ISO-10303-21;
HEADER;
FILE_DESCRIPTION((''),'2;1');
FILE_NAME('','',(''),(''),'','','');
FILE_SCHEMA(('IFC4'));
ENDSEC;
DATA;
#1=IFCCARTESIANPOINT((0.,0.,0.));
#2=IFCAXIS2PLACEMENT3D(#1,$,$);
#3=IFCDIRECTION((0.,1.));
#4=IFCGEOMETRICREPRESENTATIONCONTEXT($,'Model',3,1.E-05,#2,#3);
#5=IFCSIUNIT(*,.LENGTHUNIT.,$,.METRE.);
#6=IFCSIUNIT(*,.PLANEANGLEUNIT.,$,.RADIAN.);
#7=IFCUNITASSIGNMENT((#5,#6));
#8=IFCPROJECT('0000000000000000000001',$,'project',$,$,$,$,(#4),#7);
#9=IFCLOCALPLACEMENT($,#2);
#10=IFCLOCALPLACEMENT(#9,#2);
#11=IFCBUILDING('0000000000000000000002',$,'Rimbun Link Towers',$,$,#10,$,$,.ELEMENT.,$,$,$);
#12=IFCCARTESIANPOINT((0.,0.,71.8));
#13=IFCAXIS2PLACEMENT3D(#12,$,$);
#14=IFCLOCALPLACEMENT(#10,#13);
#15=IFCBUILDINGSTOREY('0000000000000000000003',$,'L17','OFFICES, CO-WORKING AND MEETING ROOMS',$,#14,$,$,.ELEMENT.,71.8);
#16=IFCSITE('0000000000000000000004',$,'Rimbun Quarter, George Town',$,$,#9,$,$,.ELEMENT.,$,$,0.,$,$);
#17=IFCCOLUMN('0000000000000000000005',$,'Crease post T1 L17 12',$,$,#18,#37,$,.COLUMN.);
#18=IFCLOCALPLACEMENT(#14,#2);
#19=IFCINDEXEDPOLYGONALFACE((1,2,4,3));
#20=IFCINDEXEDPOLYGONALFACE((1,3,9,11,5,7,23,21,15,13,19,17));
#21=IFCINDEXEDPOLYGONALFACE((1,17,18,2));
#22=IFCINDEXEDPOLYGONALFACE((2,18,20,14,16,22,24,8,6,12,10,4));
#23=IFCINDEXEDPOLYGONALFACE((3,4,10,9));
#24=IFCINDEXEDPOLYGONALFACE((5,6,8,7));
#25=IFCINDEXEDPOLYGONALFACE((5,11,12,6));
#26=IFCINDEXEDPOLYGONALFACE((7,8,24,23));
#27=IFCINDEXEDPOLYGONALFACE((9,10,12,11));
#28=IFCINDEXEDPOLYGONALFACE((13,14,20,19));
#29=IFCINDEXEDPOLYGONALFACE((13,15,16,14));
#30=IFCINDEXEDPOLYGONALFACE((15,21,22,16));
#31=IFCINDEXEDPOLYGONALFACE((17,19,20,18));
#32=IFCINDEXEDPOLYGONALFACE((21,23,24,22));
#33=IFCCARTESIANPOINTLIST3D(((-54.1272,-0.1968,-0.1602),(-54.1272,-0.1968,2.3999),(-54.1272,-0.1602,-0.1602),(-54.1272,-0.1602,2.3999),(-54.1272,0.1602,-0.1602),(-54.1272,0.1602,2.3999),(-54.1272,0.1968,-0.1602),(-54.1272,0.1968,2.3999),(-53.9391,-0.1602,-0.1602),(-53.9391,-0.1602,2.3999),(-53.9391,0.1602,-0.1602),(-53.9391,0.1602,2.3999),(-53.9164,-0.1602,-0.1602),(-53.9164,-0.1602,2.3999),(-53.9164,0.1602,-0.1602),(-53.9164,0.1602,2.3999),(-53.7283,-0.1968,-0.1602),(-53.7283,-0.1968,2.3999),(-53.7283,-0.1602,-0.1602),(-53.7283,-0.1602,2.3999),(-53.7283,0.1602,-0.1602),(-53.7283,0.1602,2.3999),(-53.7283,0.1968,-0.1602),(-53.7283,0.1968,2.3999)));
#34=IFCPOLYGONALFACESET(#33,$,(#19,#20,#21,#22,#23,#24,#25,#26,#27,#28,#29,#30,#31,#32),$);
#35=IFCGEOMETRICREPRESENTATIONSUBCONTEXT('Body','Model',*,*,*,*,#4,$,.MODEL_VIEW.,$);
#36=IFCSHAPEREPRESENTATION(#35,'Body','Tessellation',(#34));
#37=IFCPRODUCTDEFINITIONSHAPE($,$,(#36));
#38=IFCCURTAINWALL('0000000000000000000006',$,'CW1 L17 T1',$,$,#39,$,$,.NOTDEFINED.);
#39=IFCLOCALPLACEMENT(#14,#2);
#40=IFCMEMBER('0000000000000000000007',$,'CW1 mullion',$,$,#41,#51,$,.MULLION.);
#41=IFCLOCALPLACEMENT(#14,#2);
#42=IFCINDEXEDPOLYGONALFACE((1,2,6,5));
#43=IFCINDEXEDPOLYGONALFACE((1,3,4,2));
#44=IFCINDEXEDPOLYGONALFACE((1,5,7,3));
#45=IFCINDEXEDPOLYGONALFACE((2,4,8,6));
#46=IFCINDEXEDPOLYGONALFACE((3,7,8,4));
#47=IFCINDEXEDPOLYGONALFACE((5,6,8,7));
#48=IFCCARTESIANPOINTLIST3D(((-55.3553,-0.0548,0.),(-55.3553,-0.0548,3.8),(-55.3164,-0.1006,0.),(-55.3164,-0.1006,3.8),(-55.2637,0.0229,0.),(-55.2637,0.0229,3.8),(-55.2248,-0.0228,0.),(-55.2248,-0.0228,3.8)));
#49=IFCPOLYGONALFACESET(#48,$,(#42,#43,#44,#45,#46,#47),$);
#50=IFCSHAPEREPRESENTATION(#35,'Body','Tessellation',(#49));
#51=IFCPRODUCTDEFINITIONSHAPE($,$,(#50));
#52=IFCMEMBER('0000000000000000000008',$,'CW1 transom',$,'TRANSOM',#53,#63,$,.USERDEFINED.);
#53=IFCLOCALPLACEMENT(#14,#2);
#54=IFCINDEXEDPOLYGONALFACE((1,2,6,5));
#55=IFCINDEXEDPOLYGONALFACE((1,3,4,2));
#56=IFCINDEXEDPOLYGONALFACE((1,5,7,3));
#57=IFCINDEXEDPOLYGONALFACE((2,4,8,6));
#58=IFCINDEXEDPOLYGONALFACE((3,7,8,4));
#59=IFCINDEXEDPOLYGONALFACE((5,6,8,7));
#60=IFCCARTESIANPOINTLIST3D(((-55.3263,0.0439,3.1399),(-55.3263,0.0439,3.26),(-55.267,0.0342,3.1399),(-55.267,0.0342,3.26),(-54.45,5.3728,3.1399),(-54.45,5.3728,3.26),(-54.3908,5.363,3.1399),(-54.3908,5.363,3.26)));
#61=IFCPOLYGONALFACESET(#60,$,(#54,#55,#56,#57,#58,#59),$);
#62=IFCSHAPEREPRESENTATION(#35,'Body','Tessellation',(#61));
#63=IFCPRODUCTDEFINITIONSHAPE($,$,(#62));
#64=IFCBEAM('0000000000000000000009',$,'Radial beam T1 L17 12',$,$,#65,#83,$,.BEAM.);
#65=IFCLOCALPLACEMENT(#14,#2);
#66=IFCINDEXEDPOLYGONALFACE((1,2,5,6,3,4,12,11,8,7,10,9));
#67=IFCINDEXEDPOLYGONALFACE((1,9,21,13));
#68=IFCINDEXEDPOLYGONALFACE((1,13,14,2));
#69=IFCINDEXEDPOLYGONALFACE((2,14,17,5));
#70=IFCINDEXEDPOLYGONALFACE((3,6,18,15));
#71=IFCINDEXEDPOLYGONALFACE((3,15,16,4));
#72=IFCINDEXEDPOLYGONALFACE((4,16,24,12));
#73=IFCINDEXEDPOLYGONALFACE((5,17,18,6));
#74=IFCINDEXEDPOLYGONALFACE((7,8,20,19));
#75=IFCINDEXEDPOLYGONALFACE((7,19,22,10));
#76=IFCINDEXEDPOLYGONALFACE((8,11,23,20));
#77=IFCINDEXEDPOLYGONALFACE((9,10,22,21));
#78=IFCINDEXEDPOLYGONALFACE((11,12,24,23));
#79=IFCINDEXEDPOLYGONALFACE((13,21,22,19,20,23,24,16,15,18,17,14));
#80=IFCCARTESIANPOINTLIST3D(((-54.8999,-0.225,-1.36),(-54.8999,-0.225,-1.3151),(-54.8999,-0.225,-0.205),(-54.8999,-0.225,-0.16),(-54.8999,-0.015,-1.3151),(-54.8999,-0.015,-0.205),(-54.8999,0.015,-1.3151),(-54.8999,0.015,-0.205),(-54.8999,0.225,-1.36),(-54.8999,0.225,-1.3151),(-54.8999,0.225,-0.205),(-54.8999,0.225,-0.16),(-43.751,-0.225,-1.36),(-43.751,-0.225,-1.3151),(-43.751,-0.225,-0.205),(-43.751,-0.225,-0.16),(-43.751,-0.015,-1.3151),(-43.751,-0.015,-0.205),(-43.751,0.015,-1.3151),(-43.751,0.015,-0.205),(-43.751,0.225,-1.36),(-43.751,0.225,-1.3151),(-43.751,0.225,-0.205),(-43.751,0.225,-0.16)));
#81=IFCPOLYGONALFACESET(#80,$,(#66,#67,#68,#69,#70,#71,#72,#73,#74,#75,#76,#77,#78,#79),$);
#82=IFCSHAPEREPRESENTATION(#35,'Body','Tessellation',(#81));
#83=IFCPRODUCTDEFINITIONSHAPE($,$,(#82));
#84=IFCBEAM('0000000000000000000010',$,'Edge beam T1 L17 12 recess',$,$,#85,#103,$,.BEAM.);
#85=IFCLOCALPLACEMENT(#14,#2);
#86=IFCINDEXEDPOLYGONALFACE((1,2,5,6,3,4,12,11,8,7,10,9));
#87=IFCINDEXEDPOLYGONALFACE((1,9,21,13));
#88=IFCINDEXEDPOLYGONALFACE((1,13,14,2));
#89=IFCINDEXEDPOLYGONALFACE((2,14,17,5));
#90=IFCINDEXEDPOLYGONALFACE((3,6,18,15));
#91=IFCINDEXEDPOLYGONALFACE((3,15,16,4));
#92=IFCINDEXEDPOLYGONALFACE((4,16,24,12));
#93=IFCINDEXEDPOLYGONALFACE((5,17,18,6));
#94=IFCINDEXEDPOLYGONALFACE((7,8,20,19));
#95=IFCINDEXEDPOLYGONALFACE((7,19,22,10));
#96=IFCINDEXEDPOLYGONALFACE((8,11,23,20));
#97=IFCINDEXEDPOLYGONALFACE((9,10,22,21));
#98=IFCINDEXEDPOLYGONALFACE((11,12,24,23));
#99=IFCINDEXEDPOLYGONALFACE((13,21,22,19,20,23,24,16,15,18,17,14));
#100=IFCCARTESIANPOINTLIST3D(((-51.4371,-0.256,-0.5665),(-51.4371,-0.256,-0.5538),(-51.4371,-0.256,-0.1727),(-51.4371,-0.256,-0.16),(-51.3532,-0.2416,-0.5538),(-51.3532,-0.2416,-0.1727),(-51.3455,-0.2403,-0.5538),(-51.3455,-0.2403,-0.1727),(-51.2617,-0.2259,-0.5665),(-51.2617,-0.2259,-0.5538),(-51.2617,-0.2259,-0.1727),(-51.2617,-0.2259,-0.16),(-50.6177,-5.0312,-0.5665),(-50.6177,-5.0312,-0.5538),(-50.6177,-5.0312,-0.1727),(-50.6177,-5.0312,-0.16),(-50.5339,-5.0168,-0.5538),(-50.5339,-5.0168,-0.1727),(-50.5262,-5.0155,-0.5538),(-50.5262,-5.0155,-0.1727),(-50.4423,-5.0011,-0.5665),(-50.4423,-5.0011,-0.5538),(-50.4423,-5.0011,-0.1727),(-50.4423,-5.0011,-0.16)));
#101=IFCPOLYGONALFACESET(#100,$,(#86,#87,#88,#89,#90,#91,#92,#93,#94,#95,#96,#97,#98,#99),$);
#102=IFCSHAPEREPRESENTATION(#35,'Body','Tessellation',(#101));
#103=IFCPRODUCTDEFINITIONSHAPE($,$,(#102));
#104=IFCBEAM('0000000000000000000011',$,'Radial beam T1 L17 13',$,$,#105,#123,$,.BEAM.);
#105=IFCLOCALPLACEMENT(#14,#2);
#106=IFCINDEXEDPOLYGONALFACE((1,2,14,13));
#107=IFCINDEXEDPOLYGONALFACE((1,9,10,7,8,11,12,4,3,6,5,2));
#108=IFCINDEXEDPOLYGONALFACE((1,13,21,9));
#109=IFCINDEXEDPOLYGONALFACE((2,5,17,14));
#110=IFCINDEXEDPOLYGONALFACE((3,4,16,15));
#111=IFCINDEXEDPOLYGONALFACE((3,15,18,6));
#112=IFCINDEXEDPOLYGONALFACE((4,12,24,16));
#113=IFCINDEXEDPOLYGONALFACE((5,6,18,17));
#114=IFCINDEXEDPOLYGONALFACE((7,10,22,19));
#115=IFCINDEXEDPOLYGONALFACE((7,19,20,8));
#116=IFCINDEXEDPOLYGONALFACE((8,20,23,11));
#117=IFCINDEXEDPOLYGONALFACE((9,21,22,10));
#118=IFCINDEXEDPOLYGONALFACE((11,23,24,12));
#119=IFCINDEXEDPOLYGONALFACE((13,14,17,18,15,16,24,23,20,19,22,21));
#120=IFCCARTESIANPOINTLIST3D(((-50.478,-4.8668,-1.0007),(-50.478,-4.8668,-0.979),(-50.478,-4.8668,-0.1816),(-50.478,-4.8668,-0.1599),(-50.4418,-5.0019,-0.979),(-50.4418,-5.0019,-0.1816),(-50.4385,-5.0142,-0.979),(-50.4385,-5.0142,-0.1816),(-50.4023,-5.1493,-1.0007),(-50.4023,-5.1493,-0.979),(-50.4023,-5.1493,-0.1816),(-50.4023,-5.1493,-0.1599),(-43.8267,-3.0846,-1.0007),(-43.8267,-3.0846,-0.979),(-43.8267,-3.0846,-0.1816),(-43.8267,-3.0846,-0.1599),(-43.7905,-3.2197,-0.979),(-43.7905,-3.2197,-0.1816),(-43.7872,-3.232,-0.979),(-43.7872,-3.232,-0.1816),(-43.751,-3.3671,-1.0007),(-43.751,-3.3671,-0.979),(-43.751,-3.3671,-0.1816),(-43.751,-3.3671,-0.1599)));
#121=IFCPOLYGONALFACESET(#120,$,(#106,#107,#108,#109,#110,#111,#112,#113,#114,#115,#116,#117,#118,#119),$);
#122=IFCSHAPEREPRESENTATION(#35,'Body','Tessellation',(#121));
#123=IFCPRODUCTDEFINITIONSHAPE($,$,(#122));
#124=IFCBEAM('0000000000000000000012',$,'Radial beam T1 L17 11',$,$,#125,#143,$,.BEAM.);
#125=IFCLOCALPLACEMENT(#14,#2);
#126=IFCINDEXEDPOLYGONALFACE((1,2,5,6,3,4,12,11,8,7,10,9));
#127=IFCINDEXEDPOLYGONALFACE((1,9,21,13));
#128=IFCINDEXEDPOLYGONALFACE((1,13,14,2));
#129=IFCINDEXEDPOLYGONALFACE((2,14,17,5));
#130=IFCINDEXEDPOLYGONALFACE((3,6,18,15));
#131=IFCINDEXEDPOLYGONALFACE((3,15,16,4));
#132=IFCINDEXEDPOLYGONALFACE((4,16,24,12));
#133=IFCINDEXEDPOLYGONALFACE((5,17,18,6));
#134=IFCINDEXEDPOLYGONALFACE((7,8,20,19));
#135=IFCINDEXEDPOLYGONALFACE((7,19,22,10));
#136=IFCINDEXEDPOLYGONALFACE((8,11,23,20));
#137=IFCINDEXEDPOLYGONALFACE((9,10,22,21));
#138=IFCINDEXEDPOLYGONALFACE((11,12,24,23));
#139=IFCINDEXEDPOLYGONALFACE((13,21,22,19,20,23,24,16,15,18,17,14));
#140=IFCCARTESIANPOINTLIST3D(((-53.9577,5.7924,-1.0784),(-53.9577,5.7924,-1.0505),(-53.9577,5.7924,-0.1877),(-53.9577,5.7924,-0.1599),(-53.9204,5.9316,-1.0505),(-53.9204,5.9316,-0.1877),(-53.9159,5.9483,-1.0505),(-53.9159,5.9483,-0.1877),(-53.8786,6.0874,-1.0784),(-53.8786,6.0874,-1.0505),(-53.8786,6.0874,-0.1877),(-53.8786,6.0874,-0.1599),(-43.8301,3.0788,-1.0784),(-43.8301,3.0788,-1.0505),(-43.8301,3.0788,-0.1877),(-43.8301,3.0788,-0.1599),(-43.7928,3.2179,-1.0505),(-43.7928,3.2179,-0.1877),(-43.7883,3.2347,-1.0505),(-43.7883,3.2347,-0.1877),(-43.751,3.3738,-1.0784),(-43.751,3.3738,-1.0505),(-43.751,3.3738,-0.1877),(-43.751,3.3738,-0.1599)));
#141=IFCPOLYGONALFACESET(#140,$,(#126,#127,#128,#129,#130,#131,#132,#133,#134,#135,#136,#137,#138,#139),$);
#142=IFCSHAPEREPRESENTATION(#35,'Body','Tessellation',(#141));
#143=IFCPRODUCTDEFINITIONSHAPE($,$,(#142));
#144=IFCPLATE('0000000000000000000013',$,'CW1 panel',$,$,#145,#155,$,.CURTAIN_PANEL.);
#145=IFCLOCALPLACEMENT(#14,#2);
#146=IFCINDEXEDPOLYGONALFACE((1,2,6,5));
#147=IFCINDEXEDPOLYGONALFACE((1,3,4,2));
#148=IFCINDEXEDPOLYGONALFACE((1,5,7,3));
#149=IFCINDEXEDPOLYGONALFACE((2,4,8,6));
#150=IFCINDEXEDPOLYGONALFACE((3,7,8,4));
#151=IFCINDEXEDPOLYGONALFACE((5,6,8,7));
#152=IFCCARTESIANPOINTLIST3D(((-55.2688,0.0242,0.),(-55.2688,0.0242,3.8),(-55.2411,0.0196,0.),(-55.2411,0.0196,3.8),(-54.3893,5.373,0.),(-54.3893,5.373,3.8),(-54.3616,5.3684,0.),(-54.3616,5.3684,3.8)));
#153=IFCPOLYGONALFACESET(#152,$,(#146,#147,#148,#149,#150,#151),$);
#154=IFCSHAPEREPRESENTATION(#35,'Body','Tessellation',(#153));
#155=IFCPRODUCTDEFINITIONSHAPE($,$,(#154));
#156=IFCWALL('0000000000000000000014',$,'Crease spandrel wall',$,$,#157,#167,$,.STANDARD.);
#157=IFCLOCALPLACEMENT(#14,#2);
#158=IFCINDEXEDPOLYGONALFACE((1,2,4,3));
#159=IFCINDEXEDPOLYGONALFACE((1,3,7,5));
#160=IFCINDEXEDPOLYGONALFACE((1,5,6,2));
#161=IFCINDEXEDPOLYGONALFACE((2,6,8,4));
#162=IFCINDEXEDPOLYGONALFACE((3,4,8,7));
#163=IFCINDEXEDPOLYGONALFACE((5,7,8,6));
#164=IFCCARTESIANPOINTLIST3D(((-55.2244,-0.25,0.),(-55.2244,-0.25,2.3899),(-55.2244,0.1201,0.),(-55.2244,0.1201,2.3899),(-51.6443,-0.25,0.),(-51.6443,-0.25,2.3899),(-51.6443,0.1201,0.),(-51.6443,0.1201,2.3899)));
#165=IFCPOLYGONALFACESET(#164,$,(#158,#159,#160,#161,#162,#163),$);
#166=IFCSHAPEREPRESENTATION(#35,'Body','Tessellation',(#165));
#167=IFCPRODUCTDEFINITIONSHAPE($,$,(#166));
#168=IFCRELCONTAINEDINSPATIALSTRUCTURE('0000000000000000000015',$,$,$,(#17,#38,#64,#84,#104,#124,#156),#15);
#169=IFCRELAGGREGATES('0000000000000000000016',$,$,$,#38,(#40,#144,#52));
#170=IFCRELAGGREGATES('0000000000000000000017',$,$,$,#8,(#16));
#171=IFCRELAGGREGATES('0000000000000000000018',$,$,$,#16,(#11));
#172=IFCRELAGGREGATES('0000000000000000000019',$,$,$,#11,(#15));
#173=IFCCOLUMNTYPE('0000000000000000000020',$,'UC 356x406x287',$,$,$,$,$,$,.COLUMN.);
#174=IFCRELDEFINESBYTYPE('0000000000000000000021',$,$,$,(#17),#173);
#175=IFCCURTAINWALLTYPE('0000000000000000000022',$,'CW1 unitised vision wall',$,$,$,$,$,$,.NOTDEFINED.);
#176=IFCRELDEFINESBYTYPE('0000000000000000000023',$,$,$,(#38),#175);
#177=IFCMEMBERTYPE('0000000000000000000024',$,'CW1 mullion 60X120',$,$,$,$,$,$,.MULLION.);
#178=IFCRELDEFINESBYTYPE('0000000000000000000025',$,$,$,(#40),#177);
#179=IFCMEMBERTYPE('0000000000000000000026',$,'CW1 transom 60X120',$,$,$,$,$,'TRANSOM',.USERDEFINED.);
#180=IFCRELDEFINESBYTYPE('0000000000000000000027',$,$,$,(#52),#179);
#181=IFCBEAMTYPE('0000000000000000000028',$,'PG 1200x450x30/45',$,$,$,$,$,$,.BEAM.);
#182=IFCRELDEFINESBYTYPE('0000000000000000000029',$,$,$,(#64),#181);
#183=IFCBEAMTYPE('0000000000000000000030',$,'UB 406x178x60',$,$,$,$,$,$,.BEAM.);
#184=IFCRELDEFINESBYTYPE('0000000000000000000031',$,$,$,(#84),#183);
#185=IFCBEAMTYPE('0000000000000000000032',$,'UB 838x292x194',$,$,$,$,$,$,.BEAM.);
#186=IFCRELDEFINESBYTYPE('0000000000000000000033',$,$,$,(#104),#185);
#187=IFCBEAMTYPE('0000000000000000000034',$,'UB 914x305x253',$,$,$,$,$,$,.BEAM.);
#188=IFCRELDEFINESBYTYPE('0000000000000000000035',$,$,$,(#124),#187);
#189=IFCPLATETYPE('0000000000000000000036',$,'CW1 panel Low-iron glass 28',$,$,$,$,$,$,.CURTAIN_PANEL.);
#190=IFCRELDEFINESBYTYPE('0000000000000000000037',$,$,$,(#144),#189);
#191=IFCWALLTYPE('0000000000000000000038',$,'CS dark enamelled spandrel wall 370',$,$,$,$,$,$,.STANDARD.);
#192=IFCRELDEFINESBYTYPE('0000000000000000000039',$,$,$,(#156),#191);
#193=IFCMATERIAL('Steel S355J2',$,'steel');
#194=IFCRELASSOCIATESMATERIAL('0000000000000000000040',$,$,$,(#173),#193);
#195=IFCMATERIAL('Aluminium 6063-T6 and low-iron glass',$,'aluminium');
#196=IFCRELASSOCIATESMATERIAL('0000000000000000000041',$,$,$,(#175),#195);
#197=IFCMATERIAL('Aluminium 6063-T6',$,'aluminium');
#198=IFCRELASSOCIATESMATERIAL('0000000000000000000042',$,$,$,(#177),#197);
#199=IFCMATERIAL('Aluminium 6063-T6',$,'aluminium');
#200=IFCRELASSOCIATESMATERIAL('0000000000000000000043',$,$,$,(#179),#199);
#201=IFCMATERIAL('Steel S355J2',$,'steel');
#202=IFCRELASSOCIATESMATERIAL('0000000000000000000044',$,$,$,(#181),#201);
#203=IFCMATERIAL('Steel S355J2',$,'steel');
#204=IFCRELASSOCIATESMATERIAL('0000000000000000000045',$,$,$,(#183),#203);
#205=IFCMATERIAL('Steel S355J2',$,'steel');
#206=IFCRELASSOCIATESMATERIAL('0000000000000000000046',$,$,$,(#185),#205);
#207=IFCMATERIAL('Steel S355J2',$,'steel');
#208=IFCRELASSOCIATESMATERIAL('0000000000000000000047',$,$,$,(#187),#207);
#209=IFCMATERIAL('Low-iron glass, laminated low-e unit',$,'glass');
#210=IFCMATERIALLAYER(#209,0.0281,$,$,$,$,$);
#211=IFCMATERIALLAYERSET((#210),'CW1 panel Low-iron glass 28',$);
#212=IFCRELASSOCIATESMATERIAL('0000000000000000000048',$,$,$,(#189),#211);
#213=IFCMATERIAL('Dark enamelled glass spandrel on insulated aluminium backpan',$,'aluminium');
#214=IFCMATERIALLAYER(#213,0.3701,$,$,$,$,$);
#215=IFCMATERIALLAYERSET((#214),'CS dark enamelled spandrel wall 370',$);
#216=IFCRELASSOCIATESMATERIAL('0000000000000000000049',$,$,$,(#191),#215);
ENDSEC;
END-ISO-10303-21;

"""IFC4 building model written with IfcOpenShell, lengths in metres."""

from ifc_helpers import new_model, si_unit, direction, frame, frame_2d, origin, origin_2d, place, context, subcontext, project, spatial, rectangle, i_section, extrude, material, layer, layer_set, material_profile, profile_set, type_object, element, aggregate, save


model = new_model("IFC4")

# Units and contexts
model_context = context("Model", 3, precision=1e-05, world=origin(), true_north=direction((0.0, 1.0)))
body_context = subcontext(model_context, "Body", "Model", "MODEL_VIEW")
ifc_project = project(units=[si_unit("LENGTHUNIT", "METRE"), si_unit("PLANEANGLEUNIT", "RADIAN")], contexts=[model_context])

# Site, building, storey
site_placement = place(None, origin())
site = spatial("IfcSite", under=ifc_project, at=site_placement, Name="Rimbun Quarter, George Town", CompositionType="ELEMENT", RefElevation=0.0)
building_placement = place(site_placement, origin())
building = spatial("IfcBuilding", under=site, at=building_placement, Name="Rimbun Link Towers", CompositionType="ELEMENT")
storey_placement = place(building_placement, frame((0.0, 0.0, 71.8)))
storey = spatial("IfcBuildingStorey", under=building, at=storey_placement, Name="L17", Description="OFFICES, CO-WORKING AND MEETING ROOMS", CompositionType="ELEMENT", Elevation=71.8)

# Column
ifc_material_1 = material(Name="Steel S355J2", Category="steel")
ifc_material_profile_1 = material_profile(ifc_material_1, i_section(OverallWidth=0.3989, OverallDepth=0.3936, WebThickness=0.0227, FlangeThickness=0.0366, at=origin_2d()), Name="UC 356x406x287")
ifc_profile_set_1 = profile_set([ifc_material_profile_1], Name="Steel S355J2")
column_type = type_object("IfcColumnType", Name="UC 356x406x287", PredefinedType="COLUMN", material=ifc_profile_set_1)
column_placement = place(storey_placement, frame((-53.9277, 0.0, -0.1602), z_axis=(0.0, 0.0, 1.0), x_axis=(1.0, 0.0, 0.0)))
element("IfcColumn", 1, at=column_placement, inside=storey, type_object=column_type, Name="Crease post T1 L17 12", PredefinedType="COLUMN", context=body_context, shape_type="SweptSolid", body=[
    extrude(i_section(OverallWidth=0.3989, OverallDepth=0.3936, WebThickness=0.0227, FlangeThickness=0.0366, at=origin_2d()), origin(), (0.0, 0.0, 1.0), 2.5601),
])

# Curtain wall, members
ifc_material_2 = material(Name="Aluminium 6063-T6 and low-iron glass", Category="aluminium")
curtain_wall_type = type_object("IfcCurtainWallType", Name="CW1 unitised vision wall", PredefinedType="NOTDEFINED", material=ifc_material_2)
curtain_wall_placement = place(storey_placement, origin())
curtain_wall = element("IfcCurtainWall", 2, at=curtain_wall_placement, inside=storey, type_object=curtain_wall_type, Name="CW1 L17 T1", PredefinedType="NOTDEFINED")
ifc_material_3 = material(Name="Aluminium 6063-T6", Category="aluminium")
ifc_material_profile_2 = material_profile(ifc_material_3, rectangle(XDim=0.1201, YDim=0.0601, at=origin_2d()), Name="MULLION 60X120")
ifc_profile_set_2 = profile_set([ifc_material_profile_2], Name="Aluminium 6063-T6")
member_type_1 = type_object("IfcMemberType", Name="CW1 mullion 60X120", PredefinedType="MULLION", material=ifc_profile_set_2)
member_1_placement = place(storey_placement, frame((-55.29, -0.0388, 0.0), z_axis=(0.0, 0.0, 1.0), x_axis=(-0.762319, -0.647202, 0.0)))
member_1 = element("IfcMember", 3, at=member_1_placement, type_object=member_type_1, Name="CW1 mullion", PredefinedType="MULLION", context=body_context, shape_type="SweptSolid", body=[
    extrude(rectangle(XDim=0.1201, YDim=0.0601, at=origin_2d()), origin(), (0.0, 0.0, 1.0), 3.8),
])
ifc_material_4 = material(Name="Aluminium 6063-T6", Category="aluminium")
ifc_material_profile_3 = material_profile(ifc_material_4, rectangle(XDim=0.0601, YDim=0.1201, at=origin_2d()), Name="TRANSOM 60X120")
ifc_profile_set_3 = profile_set([ifc_material_profile_3], Name="Aluminium 6063-T6")
member_type_2 = type_object("IfcMemberType", Name="CW1 transom 60X120", ElementType="TRANSOM", PredefinedType="USERDEFINED", material=ifc_profile_set_3)
member_2_placement = place(storey_placement, frame((-55.2966, 0.0391, 3.2), z_axis=(0.162251, 0.98675, 0.0), x_axis=(-0.98675, 0.162251, 0.0)))
member_2 = element("IfcMember", 4, at=member_2_placement, type_object=member_type_2, Name="CW1 transom", ObjectType="TRANSOM", PredefinedType="USERDEFINED", context=body_context, shape_type="SweptSolid", body=[
    extrude(rectangle(XDim=0.0601, YDim=0.1201, at=origin_2d()), origin(), (0.0, 0.0, 1.0), 5.4004),
])

# Beams
ifc_material_5 = material(Name="Steel S355J2", Category="steel")
ifc_material_profile_4 = material_profile(ifc_material_5, i_section(OverallWidth=0.45, OverallDepth=1.2, WebThickness=0.03, FlangeThickness=0.0449, at=origin_2d()), Name="PG 1200x450x30/45")
ifc_profile_set_4 = profile_set([ifc_material_profile_4], Name="Steel S355J2")
beam_type_1 = type_object("IfcBeamType", Name="PG 1200x450x30/45", PredefinedType="BEAM", material=ifc_profile_set_4)
beam_1_placement = place(storey_placement, frame((-43.751, 0.0, -0.76), z_axis=(-1.0, 0.0, 0.0), x_axis=(0.0, -1.0, 0.0)))
element("IfcBeam", 5, at=beam_1_placement, inside=storey, type_object=beam_type_1, Name="Radial beam T1 L17 12", PredefinedType="BEAM", context=body_context, shape_type="SweptSolid", body=[
    extrude(i_section(OverallWidth=0.45, OverallDepth=1.2, WebThickness=0.03, FlangeThickness=0.0449, at=origin_2d()), origin(), (0.0, 0.0, 1.0), 11.1489),
])
ifc_material_6 = material(Name="Steel S355J2", Category="steel")
ifc_material_profile_5 = material_profile(ifc_material_6, i_section(OverallWidth=0.178, OverallDepth=0.4065, WebThickness=0.0078, FlangeThickness=0.0127, at=origin_2d()), Name="UB 406x178x60")
ifc_profile_set_5 = profile_set([ifc_material_profile_5], Name="Steel S355J2")
beam_type_2 = type_object("IfcBeamType", Name="UB 406x178x60", PredefinedType="BEAM", material=ifc_profile_set_5)
beam_2_placement = place(storey_placement, frame((-51.3494, -0.241, -0.3633), z_axis=(0.169112, -0.985597, 0.0), x_axis=(0.985597, 0.169112, 0.0)))
element("IfcBeam", 6, at=beam_2_placement, inside=storey, type_object=beam_type_2, Name="Edge beam T1 L17 12 recess", PredefinedType="BEAM", context=body_context, shape_type="SweptSolid", body=[
    extrude(i_section(OverallWidth=0.178, OverallDepth=0.4065, WebThickness=0.0078, FlangeThickness=0.0127, at=origin_2d()), origin(), (0.0, 0.0, 1.0), 4.845),
])
ifc_material_7 = material(Name="Steel S355J2", Category="steel")
ifc_material_profile_6 = material_profile(ifc_material_7, i_section(OverallWidth=0.2925, OverallDepth=0.8408, WebThickness=0.0127, FlangeThickness=0.0217, at=origin_2d()), Name="UB 838x292x194")
ifc_profile_set_6 = profile_set([ifc_material_profile_6], Name="Steel S355J2")
beam_type_3 = type_object("IfcBeamType", Name="UB 838x292x194", PredefinedType="BEAM", material=ifc_profile_set_6)
beam_3_placement = place(storey_placement, frame((-43.7888, -3.2258, -0.5803), z_axis=(-0.965926, -0.258819, 0.0), x_axis=(0.258819, -0.965926, 0.0)))
element("IfcBeam", 7, at=beam_3_placement, inside=storey, type_object=beam_type_3, Name="Radial beam T1 L17 13", PredefinedType="BEAM", context=body_context, shape_type="SweptSolid", body=[
    extrude(i_section(OverallWidth=0.2925, OverallDepth=0.8408, WebThickness=0.0127, FlangeThickness=0.0217, at=origin_2d()), origin(), (0.0, 0.0, 1.0), 6.886),
])
ifc_material_8 = material(Name="Steel S355J2", Category="steel")
ifc_material_profile_7 = material_profile(ifc_material_8, i_section(OverallWidth=0.3054, OverallDepth=0.9185, WebThickness=0.0173, FlangeThickness=0.0278, at=origin_2d()), Name="UB 914x305x253")
ifc_profile_set_7 = profile_set([ifc_material_profile_7], Name="Steel S355J2")
beam_type_4 = type_object("IfcBeamType", Name="UB 914x305x253", PredefinedType="BEAM", material=ifc_profile_set_7)
beam_4_placement = place(storey_placement, frame((-43.7905, 3.2263, -0.6191), z_axis=(-0.965928, 0.258812, 0.0), x_axis=(-0.258812, -0.965928, 0.0)))
element("IfcBeam", 8, at=beam_4_placement, inside=storey, type_object=beam_type_4, Name="Radial beam T1 L17 11", PredefinedType="BEAM", context=body_context, shape_type="SweptSolid", body=[
    extrude(i_section(OverallWidth=0.3054, OverallDepth=0.9185, WebThickness=0.0173, FlangeThickness=0.0278, at=origin_2d()), origin(), (0.0, 0.0, 1.0), 10.4849),
])

# Plate
ifc_material_9 = material(Name="Low-iron glass, laminated low-e unit", Category="glass")
ifc_layer_1 = layer(ifc_material_9, 0.0281)
ifc_layer_set_1 = layer_set([ifc_layer_1], Name="CW1 panel Low-iron glass 28")
plate_type = type_object("IfcPlateType", Name="CW1 panel Low-iron glass 28", PredefinedType="CURTAIN_PANEL", material=ifc_layer_set_1)
plate_placement = place(storey_placement, frame((-54.8152, 2.6963, 0.0), z_axis=(0.0, 0.0, 1.0), x_axis=(0.16226, 0.986748, 0.0)))
plate = element("IfcPlate", 9, at=plate_placement, type_object=plate_type, Name="CW1 panel", PredefinedType="CURTAIN_PANEL", context=body_context, shape_type="SweptSolid", body=[
    extrude(rectangle(XDim=5.4207, YDim=0.0281, at=origin_2d()), origin(), (0.0, 0.0, 1.0), 3.8),
])
aggregate(curtain_wall, [member_1, plate, member_2])

# Wall
ifc_material_10 = material(Name="Dark enamelled glass spandrel on insulated aluminium backpan", Category="aluminium")
ifc_layer_2 = layer(ifc_material_10, 0.3701)
ifc_layer_set_2 = layer_set([ifc_layer_2], Name="CS dark enamelled spandrel wall 370")
wall_type_1 = type_object("IfcWallType", Name="CS dark enamelled spandrel wall 370", PredefinedType="STANDARD", material=ifc_layer_set_2)
wall_1_placement = place(storey_placement, frame((-51.6443, -0.0649, 0.0), z_axis=(0.0, 0.0, 1.0), x_axis=(-1.0, 0.0, 0.0)))
element("IfcWall", 10, at=wall_1_placement, inside=storey, type_object=wall_type_1, Name="Crease spandrel wall", PredefinedType="STANDARD", context=body_context, shape_type="SweptSolid", body=[
    extrude(rectangle(XDim=3.5801, YDim=0.3701, at=frame_2d((1.79, 0.0))), origin(), (0.0, 0.0, 1.0), 2.3899),
])

save(model, "model.ifc")
